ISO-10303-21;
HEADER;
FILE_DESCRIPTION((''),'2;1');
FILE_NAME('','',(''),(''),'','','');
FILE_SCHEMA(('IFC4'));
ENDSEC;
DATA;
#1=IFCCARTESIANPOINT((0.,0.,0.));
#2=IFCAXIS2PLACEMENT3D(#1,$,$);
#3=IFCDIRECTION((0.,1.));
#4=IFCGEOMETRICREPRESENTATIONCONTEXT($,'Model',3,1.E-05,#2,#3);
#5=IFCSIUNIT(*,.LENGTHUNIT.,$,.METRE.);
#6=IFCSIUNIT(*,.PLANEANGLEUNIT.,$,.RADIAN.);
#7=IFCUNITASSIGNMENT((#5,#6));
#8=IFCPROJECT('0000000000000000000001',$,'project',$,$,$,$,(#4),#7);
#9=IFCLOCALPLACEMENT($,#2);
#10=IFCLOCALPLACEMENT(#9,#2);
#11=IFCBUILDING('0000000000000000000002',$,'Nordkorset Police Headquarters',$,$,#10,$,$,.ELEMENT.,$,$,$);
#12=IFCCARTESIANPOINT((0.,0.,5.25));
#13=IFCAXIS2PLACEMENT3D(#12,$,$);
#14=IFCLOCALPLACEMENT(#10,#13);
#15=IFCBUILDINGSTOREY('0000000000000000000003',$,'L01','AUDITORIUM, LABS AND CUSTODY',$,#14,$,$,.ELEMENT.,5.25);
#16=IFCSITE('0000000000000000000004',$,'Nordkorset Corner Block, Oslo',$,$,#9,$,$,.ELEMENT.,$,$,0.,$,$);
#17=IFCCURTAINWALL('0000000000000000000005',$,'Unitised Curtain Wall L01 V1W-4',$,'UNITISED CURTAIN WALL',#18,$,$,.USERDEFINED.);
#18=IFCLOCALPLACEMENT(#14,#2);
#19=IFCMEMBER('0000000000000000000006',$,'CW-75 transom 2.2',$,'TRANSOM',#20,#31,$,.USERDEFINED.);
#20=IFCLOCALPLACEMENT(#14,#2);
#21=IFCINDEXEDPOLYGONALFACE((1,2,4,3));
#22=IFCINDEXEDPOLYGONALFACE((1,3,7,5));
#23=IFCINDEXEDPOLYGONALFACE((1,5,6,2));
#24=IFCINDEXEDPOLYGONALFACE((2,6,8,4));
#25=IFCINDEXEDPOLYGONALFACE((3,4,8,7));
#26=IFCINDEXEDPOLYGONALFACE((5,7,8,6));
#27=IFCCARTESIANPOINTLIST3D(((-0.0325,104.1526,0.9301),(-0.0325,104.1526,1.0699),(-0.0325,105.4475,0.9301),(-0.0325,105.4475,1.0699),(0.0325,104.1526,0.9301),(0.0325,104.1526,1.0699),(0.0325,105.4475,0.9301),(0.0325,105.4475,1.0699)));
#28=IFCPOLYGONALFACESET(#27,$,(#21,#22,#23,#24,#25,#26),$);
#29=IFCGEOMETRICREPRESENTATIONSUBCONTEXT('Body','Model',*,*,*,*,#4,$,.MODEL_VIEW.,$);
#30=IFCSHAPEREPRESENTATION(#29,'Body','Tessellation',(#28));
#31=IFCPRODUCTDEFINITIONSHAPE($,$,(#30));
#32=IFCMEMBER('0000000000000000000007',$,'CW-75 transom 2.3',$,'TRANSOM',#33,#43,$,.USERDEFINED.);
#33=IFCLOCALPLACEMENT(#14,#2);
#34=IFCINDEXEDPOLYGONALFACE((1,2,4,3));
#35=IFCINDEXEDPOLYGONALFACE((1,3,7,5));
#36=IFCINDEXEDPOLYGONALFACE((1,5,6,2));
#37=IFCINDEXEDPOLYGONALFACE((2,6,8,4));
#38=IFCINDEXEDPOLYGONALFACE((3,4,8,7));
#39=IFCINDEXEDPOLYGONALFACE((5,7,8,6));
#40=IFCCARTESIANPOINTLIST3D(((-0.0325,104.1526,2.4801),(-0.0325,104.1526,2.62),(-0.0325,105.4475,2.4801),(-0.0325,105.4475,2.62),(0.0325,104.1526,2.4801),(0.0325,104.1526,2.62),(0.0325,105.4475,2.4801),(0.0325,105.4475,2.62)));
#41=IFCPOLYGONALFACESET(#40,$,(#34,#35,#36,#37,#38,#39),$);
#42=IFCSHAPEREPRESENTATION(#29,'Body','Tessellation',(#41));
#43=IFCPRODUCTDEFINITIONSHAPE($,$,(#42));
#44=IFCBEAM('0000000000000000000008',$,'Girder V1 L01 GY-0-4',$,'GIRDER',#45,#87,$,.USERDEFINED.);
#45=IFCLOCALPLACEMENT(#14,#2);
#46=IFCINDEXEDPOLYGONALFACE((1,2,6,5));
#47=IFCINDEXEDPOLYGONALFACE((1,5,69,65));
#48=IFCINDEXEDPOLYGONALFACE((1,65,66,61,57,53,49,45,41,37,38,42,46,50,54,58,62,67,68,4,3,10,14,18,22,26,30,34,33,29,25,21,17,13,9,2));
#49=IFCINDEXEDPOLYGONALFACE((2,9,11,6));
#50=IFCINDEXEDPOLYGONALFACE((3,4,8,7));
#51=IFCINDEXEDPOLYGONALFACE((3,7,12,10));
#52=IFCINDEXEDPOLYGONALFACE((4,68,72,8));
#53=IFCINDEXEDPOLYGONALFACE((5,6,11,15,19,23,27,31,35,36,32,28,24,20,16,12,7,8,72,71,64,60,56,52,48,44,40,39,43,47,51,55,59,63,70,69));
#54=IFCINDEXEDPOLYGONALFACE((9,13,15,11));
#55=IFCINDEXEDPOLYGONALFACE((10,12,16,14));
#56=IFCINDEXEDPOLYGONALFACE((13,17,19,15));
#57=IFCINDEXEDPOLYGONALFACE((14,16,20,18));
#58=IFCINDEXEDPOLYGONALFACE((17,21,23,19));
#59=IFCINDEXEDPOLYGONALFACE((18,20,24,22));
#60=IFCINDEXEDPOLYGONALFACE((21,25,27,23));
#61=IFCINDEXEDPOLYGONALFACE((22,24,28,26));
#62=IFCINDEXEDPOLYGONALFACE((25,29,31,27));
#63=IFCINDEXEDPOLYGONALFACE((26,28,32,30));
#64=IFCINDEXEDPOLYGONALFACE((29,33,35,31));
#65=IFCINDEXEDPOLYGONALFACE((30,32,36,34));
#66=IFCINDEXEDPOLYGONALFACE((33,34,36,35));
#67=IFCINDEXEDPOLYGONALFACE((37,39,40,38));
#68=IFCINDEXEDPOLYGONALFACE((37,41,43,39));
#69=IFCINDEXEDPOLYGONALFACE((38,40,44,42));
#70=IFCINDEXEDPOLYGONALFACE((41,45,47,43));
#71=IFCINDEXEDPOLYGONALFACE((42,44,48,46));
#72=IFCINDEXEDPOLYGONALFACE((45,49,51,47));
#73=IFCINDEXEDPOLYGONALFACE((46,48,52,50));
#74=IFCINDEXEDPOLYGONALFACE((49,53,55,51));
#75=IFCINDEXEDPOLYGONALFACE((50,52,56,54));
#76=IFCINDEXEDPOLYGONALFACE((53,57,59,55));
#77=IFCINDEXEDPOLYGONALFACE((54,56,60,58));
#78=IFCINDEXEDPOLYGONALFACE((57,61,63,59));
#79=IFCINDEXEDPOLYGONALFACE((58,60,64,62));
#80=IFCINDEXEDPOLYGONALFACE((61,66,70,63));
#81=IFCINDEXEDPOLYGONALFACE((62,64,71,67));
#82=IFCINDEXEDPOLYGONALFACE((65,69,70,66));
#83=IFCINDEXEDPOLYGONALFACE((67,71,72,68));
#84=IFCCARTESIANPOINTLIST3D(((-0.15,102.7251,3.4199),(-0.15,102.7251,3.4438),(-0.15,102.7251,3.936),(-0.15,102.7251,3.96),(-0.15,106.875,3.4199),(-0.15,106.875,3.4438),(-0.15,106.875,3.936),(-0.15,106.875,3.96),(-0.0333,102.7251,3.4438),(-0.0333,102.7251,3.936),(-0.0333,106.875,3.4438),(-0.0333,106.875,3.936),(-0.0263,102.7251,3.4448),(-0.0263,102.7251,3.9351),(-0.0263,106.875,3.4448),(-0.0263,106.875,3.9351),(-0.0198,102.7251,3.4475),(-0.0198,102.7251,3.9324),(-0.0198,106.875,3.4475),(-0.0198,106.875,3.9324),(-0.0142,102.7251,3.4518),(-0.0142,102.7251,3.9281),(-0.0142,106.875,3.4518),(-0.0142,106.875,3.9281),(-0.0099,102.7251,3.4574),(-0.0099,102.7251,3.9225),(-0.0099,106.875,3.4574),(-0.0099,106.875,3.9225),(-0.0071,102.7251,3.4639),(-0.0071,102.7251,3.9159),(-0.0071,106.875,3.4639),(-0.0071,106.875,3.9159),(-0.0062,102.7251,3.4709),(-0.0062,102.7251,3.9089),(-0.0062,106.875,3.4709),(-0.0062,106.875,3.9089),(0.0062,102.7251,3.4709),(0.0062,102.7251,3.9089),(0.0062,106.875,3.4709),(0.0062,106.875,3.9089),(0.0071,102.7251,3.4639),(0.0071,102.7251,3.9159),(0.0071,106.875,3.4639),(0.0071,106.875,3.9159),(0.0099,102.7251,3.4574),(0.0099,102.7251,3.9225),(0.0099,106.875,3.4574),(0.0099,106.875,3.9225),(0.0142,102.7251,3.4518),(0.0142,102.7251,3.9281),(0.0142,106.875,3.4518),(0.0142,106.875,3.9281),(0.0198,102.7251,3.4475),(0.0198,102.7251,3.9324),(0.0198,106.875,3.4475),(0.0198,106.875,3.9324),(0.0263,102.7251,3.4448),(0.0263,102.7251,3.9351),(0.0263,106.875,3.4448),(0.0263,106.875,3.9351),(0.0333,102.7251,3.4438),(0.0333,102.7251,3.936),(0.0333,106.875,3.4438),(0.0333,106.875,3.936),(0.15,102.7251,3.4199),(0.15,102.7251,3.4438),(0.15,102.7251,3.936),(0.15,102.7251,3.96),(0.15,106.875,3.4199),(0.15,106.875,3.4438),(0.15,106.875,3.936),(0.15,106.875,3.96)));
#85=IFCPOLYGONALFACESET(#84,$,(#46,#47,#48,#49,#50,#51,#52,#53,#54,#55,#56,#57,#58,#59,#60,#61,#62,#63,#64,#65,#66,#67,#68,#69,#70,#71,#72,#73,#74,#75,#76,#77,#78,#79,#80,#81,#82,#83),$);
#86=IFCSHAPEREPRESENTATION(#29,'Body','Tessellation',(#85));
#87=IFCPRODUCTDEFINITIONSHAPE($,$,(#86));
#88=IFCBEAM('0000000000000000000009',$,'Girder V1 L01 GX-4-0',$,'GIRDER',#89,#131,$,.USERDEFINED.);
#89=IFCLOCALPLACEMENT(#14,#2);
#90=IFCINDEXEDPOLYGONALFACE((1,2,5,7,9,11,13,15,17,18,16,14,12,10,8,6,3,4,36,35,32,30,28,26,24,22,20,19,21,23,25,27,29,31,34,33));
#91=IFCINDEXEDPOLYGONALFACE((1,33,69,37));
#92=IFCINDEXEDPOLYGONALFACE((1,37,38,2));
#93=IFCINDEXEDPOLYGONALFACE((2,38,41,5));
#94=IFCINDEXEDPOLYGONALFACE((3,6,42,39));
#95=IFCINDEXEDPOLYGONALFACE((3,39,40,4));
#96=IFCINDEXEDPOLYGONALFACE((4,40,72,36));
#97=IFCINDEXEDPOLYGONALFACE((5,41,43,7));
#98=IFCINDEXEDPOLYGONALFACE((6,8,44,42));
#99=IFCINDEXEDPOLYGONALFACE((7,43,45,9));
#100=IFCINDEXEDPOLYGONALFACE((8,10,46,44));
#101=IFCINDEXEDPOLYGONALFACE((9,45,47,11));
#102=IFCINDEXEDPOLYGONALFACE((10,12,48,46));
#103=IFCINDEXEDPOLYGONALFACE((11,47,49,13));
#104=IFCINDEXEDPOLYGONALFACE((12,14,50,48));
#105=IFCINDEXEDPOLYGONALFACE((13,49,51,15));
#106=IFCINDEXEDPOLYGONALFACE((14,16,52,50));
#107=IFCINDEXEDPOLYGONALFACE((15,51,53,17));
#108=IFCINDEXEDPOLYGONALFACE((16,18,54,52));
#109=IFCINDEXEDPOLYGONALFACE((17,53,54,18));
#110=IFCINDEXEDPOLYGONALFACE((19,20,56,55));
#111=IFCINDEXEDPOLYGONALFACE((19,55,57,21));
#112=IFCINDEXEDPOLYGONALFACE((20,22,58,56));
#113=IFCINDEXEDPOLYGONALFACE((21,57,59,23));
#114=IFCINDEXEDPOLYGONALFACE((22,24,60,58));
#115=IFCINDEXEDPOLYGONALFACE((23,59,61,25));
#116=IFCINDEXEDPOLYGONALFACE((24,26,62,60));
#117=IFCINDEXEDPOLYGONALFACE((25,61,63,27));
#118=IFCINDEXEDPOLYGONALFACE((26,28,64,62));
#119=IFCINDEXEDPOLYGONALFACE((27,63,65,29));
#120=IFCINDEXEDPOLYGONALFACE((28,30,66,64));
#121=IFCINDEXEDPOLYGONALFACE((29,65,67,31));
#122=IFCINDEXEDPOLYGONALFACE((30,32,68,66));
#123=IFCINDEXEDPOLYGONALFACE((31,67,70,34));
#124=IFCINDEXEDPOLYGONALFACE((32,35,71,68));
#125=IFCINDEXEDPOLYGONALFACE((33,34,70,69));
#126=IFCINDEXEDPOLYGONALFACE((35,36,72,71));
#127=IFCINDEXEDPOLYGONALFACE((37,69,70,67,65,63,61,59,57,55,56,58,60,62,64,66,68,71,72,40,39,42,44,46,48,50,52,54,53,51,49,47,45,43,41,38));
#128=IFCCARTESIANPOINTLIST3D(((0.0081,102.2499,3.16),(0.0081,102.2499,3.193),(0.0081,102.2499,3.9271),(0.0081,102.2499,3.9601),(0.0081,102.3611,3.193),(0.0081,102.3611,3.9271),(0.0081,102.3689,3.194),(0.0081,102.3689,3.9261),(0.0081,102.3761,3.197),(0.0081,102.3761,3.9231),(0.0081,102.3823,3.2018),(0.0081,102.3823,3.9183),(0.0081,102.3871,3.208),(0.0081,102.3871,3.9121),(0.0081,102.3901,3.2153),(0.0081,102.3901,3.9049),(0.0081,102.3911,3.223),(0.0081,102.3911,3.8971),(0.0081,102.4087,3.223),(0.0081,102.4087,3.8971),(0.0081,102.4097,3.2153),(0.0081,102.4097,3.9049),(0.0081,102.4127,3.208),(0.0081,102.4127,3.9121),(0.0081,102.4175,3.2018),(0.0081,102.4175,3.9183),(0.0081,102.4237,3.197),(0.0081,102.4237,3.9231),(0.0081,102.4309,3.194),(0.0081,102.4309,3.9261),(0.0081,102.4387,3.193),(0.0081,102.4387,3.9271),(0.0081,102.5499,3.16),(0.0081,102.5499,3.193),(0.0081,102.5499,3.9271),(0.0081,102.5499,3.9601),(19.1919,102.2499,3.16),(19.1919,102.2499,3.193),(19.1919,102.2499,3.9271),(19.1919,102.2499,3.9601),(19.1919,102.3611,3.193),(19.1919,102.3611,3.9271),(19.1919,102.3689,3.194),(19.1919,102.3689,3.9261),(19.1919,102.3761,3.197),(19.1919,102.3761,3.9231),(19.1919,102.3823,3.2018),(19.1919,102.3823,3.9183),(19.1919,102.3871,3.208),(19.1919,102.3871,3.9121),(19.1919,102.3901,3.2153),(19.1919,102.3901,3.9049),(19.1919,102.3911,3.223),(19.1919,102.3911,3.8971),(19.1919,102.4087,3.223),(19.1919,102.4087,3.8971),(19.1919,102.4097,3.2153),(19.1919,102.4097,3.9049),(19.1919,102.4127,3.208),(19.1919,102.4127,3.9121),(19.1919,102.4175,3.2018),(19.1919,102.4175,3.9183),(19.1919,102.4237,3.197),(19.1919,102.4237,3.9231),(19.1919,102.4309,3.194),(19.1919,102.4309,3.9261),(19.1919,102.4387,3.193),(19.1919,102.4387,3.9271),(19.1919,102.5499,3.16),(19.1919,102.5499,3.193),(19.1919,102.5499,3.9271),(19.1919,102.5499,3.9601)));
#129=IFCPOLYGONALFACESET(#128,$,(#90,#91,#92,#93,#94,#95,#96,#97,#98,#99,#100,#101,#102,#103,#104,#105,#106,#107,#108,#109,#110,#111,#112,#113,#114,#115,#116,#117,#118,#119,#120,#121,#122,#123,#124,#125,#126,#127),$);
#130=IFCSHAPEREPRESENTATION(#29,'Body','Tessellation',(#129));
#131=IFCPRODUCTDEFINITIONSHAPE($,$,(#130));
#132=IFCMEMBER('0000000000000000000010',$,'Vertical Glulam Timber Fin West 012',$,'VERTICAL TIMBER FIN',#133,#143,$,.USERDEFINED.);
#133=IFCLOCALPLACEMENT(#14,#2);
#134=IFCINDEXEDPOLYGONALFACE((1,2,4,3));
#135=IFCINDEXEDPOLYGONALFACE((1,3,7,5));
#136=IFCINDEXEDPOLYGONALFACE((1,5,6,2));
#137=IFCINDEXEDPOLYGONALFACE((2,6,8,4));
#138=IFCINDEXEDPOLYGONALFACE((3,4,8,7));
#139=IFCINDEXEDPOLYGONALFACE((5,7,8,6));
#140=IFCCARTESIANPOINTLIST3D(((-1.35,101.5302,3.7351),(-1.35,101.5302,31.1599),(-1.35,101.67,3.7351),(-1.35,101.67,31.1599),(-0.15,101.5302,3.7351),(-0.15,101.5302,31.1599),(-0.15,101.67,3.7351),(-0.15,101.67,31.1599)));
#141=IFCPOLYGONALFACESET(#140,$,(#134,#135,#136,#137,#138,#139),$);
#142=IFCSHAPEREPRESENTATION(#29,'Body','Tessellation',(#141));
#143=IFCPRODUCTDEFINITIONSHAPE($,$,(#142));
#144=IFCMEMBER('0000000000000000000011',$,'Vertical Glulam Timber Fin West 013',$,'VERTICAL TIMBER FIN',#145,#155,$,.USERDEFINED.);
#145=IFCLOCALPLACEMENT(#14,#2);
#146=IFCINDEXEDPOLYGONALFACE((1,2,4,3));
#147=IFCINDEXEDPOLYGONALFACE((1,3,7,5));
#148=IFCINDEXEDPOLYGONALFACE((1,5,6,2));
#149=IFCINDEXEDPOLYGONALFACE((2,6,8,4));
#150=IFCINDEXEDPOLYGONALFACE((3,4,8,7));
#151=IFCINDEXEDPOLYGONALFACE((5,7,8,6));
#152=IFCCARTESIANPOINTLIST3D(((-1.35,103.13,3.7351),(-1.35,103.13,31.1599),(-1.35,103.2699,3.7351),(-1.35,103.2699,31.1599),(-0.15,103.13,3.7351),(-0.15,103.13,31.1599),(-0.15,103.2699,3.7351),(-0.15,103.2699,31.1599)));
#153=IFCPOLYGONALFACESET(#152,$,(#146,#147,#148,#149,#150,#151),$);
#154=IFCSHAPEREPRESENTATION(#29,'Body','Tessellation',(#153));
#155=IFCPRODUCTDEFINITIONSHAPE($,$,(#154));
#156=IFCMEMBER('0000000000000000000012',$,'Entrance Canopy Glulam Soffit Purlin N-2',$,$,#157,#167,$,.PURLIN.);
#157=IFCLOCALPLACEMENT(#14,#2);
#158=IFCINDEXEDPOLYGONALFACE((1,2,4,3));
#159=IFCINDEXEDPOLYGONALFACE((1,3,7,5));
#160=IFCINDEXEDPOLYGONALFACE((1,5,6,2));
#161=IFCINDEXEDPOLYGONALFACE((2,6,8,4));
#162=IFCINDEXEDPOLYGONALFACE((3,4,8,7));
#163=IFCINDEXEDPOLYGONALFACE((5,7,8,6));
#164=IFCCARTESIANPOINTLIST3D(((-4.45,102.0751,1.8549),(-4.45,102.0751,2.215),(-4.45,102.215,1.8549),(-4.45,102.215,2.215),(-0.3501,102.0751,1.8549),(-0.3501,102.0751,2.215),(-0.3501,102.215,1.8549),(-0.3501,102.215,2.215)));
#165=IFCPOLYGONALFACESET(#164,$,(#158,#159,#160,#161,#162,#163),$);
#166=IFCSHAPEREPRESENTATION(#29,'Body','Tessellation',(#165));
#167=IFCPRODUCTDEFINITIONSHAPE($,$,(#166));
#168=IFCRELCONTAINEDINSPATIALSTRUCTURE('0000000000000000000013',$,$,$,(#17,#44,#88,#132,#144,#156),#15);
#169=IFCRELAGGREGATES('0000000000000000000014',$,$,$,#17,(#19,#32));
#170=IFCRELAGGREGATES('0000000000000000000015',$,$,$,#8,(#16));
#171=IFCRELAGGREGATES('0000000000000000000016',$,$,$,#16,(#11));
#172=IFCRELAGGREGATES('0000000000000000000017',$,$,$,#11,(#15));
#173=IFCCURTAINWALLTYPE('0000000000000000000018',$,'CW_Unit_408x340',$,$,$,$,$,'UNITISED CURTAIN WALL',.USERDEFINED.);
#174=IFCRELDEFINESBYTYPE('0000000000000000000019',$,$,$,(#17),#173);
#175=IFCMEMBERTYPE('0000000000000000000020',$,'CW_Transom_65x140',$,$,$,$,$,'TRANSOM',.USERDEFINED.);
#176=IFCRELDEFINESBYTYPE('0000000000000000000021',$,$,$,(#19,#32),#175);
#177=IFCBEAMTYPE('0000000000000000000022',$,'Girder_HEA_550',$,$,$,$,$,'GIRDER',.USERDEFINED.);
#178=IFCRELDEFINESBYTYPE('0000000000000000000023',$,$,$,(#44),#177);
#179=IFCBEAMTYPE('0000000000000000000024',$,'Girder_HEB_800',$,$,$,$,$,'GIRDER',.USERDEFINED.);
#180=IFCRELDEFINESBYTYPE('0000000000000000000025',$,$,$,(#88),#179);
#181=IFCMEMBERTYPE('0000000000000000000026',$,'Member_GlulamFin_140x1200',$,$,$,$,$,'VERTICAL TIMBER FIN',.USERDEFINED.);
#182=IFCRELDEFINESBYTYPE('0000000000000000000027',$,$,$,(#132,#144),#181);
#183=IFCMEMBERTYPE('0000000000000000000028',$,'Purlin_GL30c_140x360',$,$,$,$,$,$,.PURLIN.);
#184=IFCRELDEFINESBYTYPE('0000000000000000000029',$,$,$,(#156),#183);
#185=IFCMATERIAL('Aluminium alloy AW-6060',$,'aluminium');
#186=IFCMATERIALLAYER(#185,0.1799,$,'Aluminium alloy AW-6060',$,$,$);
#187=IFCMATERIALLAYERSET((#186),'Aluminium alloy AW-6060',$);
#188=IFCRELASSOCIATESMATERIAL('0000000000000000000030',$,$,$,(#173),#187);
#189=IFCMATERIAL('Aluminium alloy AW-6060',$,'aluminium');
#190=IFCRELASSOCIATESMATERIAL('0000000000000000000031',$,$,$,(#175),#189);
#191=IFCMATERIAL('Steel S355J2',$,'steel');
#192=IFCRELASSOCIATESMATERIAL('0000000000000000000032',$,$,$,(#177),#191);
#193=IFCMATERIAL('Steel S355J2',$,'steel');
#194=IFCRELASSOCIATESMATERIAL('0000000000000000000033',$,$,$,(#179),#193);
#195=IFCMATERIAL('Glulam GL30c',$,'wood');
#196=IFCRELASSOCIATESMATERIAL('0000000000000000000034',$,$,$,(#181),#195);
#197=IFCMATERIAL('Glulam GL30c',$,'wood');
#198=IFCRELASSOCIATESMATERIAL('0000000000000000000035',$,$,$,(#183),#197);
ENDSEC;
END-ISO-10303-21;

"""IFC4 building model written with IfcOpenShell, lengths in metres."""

from ifc_helpers import new_model, si_unit, direction, frame, origin, origin_2d, place, context, subcontext, project, spatial, rectangle, i_section, extrude, material, layer, layer_set, material_profile, profile_set, type_object, element, aggregate, save


model = new_model("IFC4")

# Units and contexts
model_context = context("Model", 3, precision=1e-05, world=origin(), true_north=direction((0.0, 1.0)))
body_context = subcontext(model_context, "Body", "Model", "MODEL_VIEW")
ifc_project = project(units=[si_unit("LENGTHUNIT", "METRE"), si_unit("PLANEANGLEUNIT", "RADIAN")], contexts=[model_context])

# Site, building, storey
site_placement = place(None, origin())
site = spatial("IfcSite", under=ifc_project, at=site_placement, Name="Nordkorset Corner Block, Oslo", CompositionType="ELEMENT", RefElevation=0.0)
building_placement = place(site_placement, origin())
building = spatial("IfcBuilding", under=site, at=building_placement, Name="Nordkorset Police Headquarters", CompositionType="ELEMENT")
storey_placement = place(building_placement, frame((0.0, 0.0, 5.25)))
storey = spatial("IfcBuildingStorey", under=building, at=storey_placement, Name="L01", Description="AUDITORIUM, LABS AND CUSTODY", CompositionType="ELEMENT", Elevation=5.25)

# Curtain wall
ifc_material_1 = material(Name="Aluminium alloy AW-6060", Category="aluminium")
ifc_layer_1 = layer(ifc_material_1, 0.1799, Name="Aluminium alloy AW-6060")
ifc_layer_set_1 = layer_set([ifc_layer_1], Name="Aluminium alloy AW-6060")
curtain_wall_type_1 = type_object("IfcCurtainWallType", Name="CW_Unit_408x340", ElementType="UNITISED CURTAIN WALL", PredefinedType="USERDEFINED", material=ifc_layer_set_1)
curtain_wall_1_placement = place(storey_placement, origin())
curtain_wall_1 = element("IfcCurtainWall", 1, at=curtain_wall_1_placement, inside=storey, type_object=curtain_wall_type_1, Name="Unitised Curtain Wall L01 V1W-4", ObjectType="UNITISED CURTAIN WALL", PredefinedType="USERDEFINED")

# Members
ifc_material_2 = material(Name="Aluminium alloy AW-6060", Category="aluminium")
ifc_material_profile_1 = material_profile(ifc_material_2, rectangle(XDim=0.0649, YDim=0.1399, at=origin_2d()), Name="ALU TRAN 65x140")
ifc_profile_set_1 = profile_set([ifc_material_profile_1], Name="Aluminium alloy AW-6060")
member_type_1 = type_object("IfcMemberType", Name="CW_Transom_65x140", ElementType="TRANSOM", PredefinedType="USERDEFINED", material=ifc_profile_set_1)
member_1_placement = place(storey_placement, frame((0.0, 104.1526, 1.0), z_axis=(0.0, 1.0, 0.0), x_axis=(-1.0, 0.0, 0.0)))
member_1 = element("IfcMember", 2, at=member_1_placement, type_object=member_type_1, Name="CW-75 transom 2.2", ObjectType="TRANSOM", PredefinedType="USERDEFINED", context=body_context, shape_type="SweptSolid", body=[
    extrude(rectangle(XDim=0.0649, YDim=0.1399, at=origin_2d()), origin(), (0.0, 0.0, 1.0), 1.2949),
])
member_2_placement = place(storey_placement, frame((0.0, 104.1526, 2.55), z_axis=(0.0, 1.0, 0.0), x_axis=(-1.0, 0.0, 0.0)))
member_2 = element("IfcMember", 3, at=member_2_placement, type_object=member_type_1, Name="CW-75 transom 2.3", ObjectType="TRANSOM", PredefinedType="USERDEFINED", context=body_context, shape_type="SweptSolid", body=[
    extrude(rectangle(XDim=0.0649, YDim=0.1399, at=origin_2d()), origin(), (0.0, 0.0, 1.0), 1.2949),
])

# Beams
ifc_material_3 = material(Name="Steel S355J2", Category="steel")
ifc_material_profile_2 = material_profile(ifc_material_3, i_section(OverallWidth=0.3, OverallDepth=0.54, WebThickness=0.0125, FlangeThickness=0.0239, FilletRadius=0.0271, at=origin_2d()), Name="HEA 550")
ifc_profile_set_2 = profile_set([ifc_material_profile_2], Name="Steel S355J2")
beam_type_1 = type_object("IfcBeamType", Name="Girder_HEA_550", ElementType="GIRDER", PredefinedType="USERDEFINED", material=ifc_profile_set_2)
beam_1_placement = place(storey_placement, frame((0.0, 102.7251, 3.6899), z_axis=(0.0, 1.0, 0.0), x_axis=(-1.0, 0.0, 0.0)))
element("IfcBeam", 4, at=beam_1_placement, inside=storey, type_object=beam_type_1, Name="Girder V1 L01 GY-0-4", ObjectType="GIRDER", PredefinedType="USERDEFINED", context=body_context, shape_type="SweptSolid", body=[
    extrude(i_section(OverallWidth=0.3, OverallDepth=0.54, WebThickness=0.0125, FlangeThickness=0.0239, FilletRadius=0.0271, at=origin_2d()), origin(), (0.0, 0.0, 1.0), 4.1499),
])
ifc_material_4 = material(Name="Steel S355J2", Category="steel")
ifc_material_profile_3 = material_profile(ifc_material_4, i_section(OverallWidth=0.3, OverallDepth=0.8, WebThickness=0.0176, FlangeThickness=0.033, FilletRadius=0.03, at=origin_2d()), Name="HEB 800")
ifc_profile_set_3 = profile_set([ifc_material_profile_3], Name="Steel S355J2")
beam_type_2 = type_object("IfcBeamType", Name="Girder_HEB_800", ElementType="GIRDER", PredefinedType="USERDEFINED", material=ifc_profile_set_3)
beam_2_placement = place(storey_placement, frame((0.0081, 102.3999, 3.5601), z_axis=(1.0, 0.0, 0.0), x_axis=(0.0, 1.0, 0.0)))
element("IfcBeam", 5, at=beam_2_placement, inside=storey, type_object=beam_type_2, Name="Girder V1 L01 GX-4-0", ObjectType="GIRDER", PredefinedType="USERDEFINED", context=body_context, shape_type="SweptSolid", body=[
    extrude(i_section(OverallWidth=0.3, OverallDepth=0.8, WebThickness=0.0176, FlangeThickness=0.033, FilletRadius=0.03, at=origin_2d()), origin(), (0.0, 0.0, 1.0), 19.1838),
])

# Members
ifc_material_5 = material(Name="Glulam GL30c", Category="wood")
ifc_material_profile_4 = material_profile(ifc_material_5, rectangle(XDim=0.1399, YDim=1.2, at=origin_2d()), Name="GL30C FIN 140x1200")
ifc_profile_set_4 = profile_set([ifc_material_profile_4], Name="Glulam GL30c")
member_type_2 = type_object("IfcMemberType", Name="Member_GlulamFin_140x1200", ElementType="VERTICAL TIMBER FIN", PredefinedType="USERDEFINED", material=ifc_profile_set_4)
for number, where, z_axis, x_axis, name in (
    (6, (-0.75, 101.6001, 3.7351), (0.0, 0.0, 1.0), (0.0, 1.0, 0.0), "Vertical Glulam Timber Fin West 012"),
    (7, (-0.75, 103.2, 3.7351), (0.0, 0.0, 1.0), (0.0, 1.0, 0.0), "Vertical Glulam Timber Fin West 013"),
):
    element("IfcMember", number, at=place(storey_placement, frame(where, z_axis=z_axis, x_axis=x_axis)), inside=storey, type_object=member_type_2, Name=name, ObjectType="VERTICAL TIMBER FIN", PredefinedType="USERDEFINED", context=body_context, shape_type="SweptSolid", body=[
        extrude(rectangle(XDim=0.1399, YDim=1.2, at=origin_2d()), origin(), (0.0, 0.0, 1.0), 27.4248),
    ])
ifc_material_6 = material(Name="Glulam GL30c", Category="wood")
ifc_material_profile_5 = material_profile(ifc_material_6, rectangle(XDim=0.1399, YDim=0.3601, at=origin_2d()), Name="GL30c 140x360")
ifc_profile_set_5 = profile_set([ifc_material_profile_5], Name="Glulam GL30c")
member_type_3 = type_object("IfcMemberType", Name="Purlin_GL30c_140x360", PredefinedType="PURLIN", material=ifc_profile_set_5)
member_3_placement = place(storey_placement, frame((-4.45, 102.145, 2.0349), z_axis=(1.0, 0.0, 0.0), x_axis=(0.0, 1.0, 0.0)))
element("IfcMember", 8, at=member_3_placement, inside=storey, type_object=member_type_3, Name="Entrance Canopy Glulam Soffit Purlin N-2", PredefinedType="PURLIN", context=body_context, shape_type="SweptSolid", body=[
    extrude(rectangle(XDim=0.1399, YDim=0.3601, at=origin_2d()), origin(), (0.0, 0.0, 1.0), 4.0999),
])

aggregate(curtain_wall_1, [member_1, member_2])

save(model, "model.ifc")
